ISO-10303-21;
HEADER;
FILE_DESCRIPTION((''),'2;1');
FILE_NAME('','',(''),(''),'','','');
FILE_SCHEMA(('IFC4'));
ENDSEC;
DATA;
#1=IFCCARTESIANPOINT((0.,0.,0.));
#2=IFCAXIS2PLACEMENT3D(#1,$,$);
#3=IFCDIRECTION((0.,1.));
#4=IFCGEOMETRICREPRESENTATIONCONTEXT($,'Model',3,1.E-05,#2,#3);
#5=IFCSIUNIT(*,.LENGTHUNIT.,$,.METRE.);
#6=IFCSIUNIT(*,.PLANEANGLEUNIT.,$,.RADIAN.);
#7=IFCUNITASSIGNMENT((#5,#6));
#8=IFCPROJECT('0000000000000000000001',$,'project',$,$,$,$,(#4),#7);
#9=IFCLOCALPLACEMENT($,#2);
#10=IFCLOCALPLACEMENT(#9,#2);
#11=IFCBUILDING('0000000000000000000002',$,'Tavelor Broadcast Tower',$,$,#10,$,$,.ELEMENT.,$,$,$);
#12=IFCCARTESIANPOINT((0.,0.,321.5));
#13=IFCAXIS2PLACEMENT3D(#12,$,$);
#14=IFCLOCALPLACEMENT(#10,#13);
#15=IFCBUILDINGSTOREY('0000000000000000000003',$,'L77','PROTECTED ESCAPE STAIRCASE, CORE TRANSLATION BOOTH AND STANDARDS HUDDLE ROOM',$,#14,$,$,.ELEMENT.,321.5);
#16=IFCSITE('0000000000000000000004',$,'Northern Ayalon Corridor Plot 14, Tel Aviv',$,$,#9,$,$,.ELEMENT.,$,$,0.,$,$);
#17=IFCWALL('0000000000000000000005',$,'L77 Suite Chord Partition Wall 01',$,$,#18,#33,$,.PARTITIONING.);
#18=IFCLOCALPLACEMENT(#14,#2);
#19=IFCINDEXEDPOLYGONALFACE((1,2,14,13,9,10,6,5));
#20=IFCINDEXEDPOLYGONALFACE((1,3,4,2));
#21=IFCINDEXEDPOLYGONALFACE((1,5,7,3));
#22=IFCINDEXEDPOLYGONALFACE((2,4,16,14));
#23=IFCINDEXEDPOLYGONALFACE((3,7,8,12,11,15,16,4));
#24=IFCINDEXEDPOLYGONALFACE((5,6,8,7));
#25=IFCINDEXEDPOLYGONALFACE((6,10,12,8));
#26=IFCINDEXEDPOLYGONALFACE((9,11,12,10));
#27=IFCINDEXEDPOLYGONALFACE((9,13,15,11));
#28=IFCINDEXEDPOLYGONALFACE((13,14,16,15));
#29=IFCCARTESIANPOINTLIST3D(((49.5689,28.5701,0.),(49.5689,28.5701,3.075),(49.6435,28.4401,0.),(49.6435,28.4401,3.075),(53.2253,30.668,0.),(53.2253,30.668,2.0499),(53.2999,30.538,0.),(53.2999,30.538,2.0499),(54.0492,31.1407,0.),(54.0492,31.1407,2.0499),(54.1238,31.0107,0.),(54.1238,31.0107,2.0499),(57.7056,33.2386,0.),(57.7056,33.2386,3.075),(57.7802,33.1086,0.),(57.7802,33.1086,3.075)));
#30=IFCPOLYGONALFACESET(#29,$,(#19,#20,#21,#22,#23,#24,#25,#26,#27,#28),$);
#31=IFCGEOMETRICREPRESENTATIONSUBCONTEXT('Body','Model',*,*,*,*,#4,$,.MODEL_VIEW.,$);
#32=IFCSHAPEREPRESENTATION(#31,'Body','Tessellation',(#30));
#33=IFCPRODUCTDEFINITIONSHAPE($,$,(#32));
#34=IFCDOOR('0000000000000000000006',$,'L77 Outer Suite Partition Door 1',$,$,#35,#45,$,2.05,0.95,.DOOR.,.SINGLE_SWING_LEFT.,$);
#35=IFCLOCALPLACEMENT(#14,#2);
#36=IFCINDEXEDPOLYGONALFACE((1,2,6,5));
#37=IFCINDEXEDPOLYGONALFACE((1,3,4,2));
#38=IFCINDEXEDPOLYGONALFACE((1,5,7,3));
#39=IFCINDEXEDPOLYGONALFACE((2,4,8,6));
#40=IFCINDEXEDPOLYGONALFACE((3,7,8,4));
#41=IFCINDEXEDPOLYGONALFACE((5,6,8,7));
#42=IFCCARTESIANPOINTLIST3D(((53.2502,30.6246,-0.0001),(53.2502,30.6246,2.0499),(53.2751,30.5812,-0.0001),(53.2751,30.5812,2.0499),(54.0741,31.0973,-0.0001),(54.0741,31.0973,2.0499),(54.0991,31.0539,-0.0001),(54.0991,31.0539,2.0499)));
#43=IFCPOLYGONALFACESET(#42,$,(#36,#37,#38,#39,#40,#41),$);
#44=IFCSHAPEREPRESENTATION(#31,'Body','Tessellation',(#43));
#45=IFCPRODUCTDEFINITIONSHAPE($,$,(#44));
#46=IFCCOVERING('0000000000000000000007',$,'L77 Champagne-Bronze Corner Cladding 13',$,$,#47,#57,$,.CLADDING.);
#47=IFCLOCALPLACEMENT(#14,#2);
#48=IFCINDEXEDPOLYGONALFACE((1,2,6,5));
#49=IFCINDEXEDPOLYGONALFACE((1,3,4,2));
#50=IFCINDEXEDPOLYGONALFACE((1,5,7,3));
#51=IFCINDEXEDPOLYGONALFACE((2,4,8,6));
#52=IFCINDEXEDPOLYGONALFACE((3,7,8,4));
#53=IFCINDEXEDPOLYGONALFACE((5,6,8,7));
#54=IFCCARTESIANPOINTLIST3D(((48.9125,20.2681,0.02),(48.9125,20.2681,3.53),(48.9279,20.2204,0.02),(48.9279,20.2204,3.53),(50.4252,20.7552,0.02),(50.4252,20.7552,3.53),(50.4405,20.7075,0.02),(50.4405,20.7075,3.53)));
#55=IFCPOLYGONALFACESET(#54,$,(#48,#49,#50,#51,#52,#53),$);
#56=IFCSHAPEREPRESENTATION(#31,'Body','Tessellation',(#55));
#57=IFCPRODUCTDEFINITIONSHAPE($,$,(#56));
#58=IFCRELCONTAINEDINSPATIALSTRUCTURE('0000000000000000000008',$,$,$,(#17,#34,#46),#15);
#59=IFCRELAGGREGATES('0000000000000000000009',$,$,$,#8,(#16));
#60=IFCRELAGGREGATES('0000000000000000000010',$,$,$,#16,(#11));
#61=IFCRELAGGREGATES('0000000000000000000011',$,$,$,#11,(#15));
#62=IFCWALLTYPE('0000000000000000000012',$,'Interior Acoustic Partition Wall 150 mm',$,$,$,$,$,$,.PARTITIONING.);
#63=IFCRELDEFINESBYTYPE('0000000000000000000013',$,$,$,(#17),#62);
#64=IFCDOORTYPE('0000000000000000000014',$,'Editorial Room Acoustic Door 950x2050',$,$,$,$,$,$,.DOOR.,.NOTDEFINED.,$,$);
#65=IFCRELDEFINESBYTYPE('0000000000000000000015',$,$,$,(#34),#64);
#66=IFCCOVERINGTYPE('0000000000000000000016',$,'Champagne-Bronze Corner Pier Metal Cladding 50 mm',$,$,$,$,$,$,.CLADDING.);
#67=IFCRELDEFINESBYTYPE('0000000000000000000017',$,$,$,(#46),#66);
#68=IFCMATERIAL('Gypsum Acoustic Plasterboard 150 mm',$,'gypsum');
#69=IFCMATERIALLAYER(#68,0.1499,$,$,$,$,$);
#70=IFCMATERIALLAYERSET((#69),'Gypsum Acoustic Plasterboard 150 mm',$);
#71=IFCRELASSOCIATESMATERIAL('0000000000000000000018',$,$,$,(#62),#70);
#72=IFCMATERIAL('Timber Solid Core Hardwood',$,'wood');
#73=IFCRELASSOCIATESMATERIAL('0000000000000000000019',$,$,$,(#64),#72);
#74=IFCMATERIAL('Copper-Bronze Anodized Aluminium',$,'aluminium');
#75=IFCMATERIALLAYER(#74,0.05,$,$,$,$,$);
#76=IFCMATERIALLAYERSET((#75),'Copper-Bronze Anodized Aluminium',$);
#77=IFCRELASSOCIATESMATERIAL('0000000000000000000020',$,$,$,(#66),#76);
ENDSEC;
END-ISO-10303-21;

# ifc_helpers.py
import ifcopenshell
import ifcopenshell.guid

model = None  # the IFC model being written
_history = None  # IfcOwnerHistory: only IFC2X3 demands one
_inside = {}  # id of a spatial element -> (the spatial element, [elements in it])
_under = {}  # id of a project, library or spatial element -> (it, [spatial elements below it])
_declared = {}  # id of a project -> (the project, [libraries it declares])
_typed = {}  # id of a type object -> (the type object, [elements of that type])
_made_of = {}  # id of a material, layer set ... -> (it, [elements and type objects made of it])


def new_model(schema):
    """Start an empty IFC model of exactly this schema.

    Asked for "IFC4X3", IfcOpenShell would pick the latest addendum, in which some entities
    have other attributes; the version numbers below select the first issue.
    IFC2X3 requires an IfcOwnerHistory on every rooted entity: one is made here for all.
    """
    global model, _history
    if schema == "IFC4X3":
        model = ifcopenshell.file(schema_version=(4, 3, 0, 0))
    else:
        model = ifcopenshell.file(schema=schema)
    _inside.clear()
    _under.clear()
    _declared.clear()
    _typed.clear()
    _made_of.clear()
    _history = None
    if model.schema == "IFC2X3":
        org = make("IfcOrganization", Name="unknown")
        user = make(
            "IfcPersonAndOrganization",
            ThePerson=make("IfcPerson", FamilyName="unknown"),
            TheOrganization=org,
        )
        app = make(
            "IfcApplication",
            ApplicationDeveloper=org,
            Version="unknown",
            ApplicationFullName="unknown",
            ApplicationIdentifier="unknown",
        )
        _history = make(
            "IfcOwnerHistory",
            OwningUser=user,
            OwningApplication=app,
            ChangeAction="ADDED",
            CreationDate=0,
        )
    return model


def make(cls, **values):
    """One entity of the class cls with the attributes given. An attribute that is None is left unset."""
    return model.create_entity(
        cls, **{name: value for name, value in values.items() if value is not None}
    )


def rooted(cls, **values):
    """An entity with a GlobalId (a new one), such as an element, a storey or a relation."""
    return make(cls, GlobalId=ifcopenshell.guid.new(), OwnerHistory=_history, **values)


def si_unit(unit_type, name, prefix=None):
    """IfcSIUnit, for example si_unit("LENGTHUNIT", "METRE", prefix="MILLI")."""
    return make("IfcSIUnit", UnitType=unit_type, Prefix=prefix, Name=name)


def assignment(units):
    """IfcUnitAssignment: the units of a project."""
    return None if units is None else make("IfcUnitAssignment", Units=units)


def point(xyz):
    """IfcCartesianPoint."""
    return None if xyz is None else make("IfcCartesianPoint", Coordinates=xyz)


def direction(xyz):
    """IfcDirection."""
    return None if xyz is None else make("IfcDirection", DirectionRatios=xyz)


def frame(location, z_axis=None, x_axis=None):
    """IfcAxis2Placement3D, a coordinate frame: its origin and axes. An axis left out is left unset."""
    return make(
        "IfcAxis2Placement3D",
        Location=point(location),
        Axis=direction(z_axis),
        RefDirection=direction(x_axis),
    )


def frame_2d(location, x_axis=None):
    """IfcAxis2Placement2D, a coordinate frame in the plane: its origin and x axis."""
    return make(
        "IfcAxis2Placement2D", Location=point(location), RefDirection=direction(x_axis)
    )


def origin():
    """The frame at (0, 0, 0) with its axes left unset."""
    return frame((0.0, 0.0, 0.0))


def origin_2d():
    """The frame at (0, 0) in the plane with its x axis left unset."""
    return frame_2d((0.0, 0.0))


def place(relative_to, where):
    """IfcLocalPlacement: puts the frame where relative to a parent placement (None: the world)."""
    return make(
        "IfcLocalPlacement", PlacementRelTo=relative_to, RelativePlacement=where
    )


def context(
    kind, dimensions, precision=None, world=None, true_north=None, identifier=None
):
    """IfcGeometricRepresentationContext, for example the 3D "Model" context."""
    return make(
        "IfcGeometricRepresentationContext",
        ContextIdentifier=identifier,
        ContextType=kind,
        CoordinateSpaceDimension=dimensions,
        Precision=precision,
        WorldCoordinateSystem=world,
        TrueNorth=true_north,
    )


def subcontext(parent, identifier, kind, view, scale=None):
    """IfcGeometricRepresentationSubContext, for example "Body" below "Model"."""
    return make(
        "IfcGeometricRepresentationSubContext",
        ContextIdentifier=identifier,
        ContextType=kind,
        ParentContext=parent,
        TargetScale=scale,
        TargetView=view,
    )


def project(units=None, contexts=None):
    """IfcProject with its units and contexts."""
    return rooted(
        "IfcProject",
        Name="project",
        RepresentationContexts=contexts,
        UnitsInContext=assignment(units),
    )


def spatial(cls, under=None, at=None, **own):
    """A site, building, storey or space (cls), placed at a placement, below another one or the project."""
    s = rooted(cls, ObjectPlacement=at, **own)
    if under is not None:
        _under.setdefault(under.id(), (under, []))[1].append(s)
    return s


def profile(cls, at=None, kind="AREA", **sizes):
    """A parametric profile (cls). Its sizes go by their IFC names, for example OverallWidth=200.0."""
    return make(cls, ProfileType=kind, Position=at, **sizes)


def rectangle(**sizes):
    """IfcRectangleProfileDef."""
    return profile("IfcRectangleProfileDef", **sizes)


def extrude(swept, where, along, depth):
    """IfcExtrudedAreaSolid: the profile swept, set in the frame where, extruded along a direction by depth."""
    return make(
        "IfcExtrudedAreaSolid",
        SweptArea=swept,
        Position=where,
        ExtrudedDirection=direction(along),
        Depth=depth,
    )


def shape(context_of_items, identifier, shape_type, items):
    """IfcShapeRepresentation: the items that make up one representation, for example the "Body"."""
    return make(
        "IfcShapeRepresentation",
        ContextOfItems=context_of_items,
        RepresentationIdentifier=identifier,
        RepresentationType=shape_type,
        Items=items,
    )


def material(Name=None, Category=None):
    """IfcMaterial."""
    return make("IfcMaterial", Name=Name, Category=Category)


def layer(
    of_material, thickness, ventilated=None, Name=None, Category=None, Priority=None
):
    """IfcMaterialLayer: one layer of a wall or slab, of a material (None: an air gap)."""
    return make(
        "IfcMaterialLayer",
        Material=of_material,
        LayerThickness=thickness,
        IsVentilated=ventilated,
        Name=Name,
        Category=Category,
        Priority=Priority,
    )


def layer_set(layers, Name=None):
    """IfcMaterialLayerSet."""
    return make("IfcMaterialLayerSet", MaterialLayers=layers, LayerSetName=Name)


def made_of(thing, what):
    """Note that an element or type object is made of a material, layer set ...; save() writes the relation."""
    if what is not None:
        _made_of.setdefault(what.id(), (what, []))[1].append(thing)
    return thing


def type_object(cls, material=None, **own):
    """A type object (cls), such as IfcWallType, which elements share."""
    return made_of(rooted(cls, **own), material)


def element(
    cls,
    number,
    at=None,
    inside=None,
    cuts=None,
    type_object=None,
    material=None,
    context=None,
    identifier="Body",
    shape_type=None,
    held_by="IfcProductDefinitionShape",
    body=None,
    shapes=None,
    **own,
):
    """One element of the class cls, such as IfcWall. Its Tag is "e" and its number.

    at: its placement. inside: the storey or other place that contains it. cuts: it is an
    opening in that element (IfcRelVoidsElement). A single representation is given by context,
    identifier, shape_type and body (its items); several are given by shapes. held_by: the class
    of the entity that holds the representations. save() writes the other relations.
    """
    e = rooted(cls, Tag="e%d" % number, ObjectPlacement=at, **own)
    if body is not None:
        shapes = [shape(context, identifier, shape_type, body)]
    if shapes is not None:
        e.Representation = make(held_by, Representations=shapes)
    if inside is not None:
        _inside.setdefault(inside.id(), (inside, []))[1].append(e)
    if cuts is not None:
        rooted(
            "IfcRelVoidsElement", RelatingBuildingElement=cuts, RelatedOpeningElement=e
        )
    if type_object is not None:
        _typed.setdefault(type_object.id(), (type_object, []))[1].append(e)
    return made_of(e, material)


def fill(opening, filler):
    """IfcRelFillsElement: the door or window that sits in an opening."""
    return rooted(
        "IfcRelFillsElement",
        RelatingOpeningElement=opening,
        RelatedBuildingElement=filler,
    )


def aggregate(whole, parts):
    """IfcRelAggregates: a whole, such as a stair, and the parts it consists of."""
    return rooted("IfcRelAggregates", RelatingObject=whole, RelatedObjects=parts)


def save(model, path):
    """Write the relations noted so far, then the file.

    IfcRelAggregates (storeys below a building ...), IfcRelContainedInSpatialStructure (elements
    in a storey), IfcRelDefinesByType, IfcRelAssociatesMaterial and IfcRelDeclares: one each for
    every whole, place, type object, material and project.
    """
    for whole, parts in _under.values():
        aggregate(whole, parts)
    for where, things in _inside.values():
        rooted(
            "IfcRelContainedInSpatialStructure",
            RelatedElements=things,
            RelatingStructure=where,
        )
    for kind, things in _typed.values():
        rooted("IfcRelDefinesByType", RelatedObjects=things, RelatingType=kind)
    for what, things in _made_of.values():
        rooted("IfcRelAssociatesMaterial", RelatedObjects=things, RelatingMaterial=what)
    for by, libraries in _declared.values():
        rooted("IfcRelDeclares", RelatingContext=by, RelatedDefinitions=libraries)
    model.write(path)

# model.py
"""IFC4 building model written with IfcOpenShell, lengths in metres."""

from ifc_helpers import new_model, si_unit, direction, frame, frame_2d, origin, origin_2d, place, context, subcontext, project, spatial, rectangle, extrude, material, layer, layer_set, type_object, element, fill, save


model = new_model("IFC4")

# Units and contexts
model_context = context("Model", 3, precision=1e-05, world=origin(), true_north=direction((0.0, 1.0)))
body_context = subcontext(model_context, "Body", "Model", "MODEL_VIEW")
ifc_project = project(units=[si_unit("LENGTHUNIT", "METRE"), si_unit("PLANEANGLEUNIT", "RADIAN")], contexts=[model_context])

# Site, building, storey
site_placement = place(None, origin())
site = spatial("IfcSite", under=ifc_project, at=site_placement, Name="Northern Ayalon Corridor Plot 14, Tel Aviv", CompositionType="ELEMENT", RefElevation=0.0)
building_placement = place(site_placement, origin())
building = spatial("IfcBuilding", under=site, at=building_placement, Name="Tavelor Broadcast Tower", CompositionType="ELEMENT")
storey_placement = place(building_placement, frame((0.0, 0.0, 321.5)))
storey = spatial("IfcBuildingStorey", under=building, at=storey_placement, Name="L77", Description="PROTECTED ESCAPE STAIRCASE, CORE TRANSLATION BOOTH AND STANDARDS HUDDLE ROOM", CompositionType="ELEMENT", Elevation=321.5)

# Shared definitions
ifc_material_1 = material(Name="Gypsum Acoustic Plasterboard 150 mm", Category="gypsum")
ifc_layer_1 = layer(ifc_material_1, 0.1499)
ifc_layer_set_1 = layer_set([ifc_layer_1], Name="Gypsum Acoustic Plasterboard 150 mm")
wall_type_1 = type_object("IfcWallType", Name="Interior Acoustic Partition Wall 150 mm", PredefinedType="PARTITIONING", material=ifc_layer_set_1)

# Wall, opening, door
wall_1_placement = place(storey_placement, frame((49.6062, 28.5051, 0.0), z_axis=(0.0, 0.0, 1.0), x_axis=(0.867374, 0.497657, 0.0)))
wall_1 = element("IfcWall", 1, at=wall_1_placement, inside=storey, type_object=wall_type_1, Name="L77 Suite Chord Partition Wall 01", PredefinedType="PARTITIONING", context=body_context, shape_type="SweptSolid", body=[
    extrude(rectangle(XDim=9.3809, YDim=0.1499, at=frame_2d((4.6904, 0.0))), origin(), (0.0, 0.0, 1.0), 3.075),
])
opening_placement = place(wall_1_placement, frame((4.2153, 0.0, 0.0)))
opening = element("IfcOpeningElement", 2, at=opening_placement, cuts=wall_1, PredefinedType="OPENING", context=body_context, shape_type="SweptSolid", body=[
    extrude(rectangle(XDim=0.95, YDim=2.05, at=frame_2d((0.4751, 1.0249))), frame((0.0, 0.085, 0.0), z_axis=(0.0, -1.0, 0.0), x_axis=(1.0, 0.0, 0.0)), (0.0, 0.0, 1.0), 0.1699),
])
ifc_material_2 = material(Name="Timber Solid Core Hardwood", Category="wood")
door_type = type_object("IfcDoorType", Name="Editorial Room Acoustic Door 950x2050", OperationType="NOTDEFINED", PredefinedType="DOOR", material=ifc_material_2)
door_placement = place(opening_placement, origin())
door = element("IfcDoor", 3, at=door_placement, inside=storey, type_object=door_type, Name="L77 Outer Suite Partition Door 1", OperationType="SINGLE_SWING_LEFT", OverallHeight=2.05, OverallWidth=0.95, PredefinedType="DOOR", context=body_context, shape_type="SweptSolid", body=[
    extrude(rectangle(XDim=0.95, YDim=2.05, at=frame_2d((0.4751, 1.0249))), frame((0.0, 0.0249, 0.0), z_axis=(0.0, -1.0, 0.0), x_axis=(1.0, 0.0, 0.0)), (0.0, 0.0, 1.0), 0.05),
])
fill(opening, door)

# Covering
ifc_material_3 = material(Name="Copper-Bronze Anodized Aluminium", Category="aluminium")
ifc_layer_2 = layer(ifc_material_3, 0.05)
ifc_layer_set_2 = layer_set([ifc_layer_2], Name="Copper-Bronze Anodized Aluminium")
covering_type = type_object("IfcCoveringType", Name="Champagne-Bronze Corner Pier Metal Cladding 50 mm", PredefinedType="CLADDING", material=ifc_layer_set_2)
covering_placement = place(storey_placement, frame((49.6765, 20.4878, 0.02), z_axis=(0.0, 0.0, 1.0), x_axis=(0.951862, 0.306526, 0.0)))
element("IfcCovering", 4, at=covering_placement, inside=storey, type_object=covering_type, Name="L77 Champagne-Bronze Corner Cladding 13", PredefinedType="CLADDING", context=body_context, shape_type="SweptSolid", body=[
    extrude(rectangle(XDim=1.5891, YDim=0.05, at=origin_2d()), origin(), (0.0, 0.0, 1.0), 3.51),
])

save(model, "model.ifc")
